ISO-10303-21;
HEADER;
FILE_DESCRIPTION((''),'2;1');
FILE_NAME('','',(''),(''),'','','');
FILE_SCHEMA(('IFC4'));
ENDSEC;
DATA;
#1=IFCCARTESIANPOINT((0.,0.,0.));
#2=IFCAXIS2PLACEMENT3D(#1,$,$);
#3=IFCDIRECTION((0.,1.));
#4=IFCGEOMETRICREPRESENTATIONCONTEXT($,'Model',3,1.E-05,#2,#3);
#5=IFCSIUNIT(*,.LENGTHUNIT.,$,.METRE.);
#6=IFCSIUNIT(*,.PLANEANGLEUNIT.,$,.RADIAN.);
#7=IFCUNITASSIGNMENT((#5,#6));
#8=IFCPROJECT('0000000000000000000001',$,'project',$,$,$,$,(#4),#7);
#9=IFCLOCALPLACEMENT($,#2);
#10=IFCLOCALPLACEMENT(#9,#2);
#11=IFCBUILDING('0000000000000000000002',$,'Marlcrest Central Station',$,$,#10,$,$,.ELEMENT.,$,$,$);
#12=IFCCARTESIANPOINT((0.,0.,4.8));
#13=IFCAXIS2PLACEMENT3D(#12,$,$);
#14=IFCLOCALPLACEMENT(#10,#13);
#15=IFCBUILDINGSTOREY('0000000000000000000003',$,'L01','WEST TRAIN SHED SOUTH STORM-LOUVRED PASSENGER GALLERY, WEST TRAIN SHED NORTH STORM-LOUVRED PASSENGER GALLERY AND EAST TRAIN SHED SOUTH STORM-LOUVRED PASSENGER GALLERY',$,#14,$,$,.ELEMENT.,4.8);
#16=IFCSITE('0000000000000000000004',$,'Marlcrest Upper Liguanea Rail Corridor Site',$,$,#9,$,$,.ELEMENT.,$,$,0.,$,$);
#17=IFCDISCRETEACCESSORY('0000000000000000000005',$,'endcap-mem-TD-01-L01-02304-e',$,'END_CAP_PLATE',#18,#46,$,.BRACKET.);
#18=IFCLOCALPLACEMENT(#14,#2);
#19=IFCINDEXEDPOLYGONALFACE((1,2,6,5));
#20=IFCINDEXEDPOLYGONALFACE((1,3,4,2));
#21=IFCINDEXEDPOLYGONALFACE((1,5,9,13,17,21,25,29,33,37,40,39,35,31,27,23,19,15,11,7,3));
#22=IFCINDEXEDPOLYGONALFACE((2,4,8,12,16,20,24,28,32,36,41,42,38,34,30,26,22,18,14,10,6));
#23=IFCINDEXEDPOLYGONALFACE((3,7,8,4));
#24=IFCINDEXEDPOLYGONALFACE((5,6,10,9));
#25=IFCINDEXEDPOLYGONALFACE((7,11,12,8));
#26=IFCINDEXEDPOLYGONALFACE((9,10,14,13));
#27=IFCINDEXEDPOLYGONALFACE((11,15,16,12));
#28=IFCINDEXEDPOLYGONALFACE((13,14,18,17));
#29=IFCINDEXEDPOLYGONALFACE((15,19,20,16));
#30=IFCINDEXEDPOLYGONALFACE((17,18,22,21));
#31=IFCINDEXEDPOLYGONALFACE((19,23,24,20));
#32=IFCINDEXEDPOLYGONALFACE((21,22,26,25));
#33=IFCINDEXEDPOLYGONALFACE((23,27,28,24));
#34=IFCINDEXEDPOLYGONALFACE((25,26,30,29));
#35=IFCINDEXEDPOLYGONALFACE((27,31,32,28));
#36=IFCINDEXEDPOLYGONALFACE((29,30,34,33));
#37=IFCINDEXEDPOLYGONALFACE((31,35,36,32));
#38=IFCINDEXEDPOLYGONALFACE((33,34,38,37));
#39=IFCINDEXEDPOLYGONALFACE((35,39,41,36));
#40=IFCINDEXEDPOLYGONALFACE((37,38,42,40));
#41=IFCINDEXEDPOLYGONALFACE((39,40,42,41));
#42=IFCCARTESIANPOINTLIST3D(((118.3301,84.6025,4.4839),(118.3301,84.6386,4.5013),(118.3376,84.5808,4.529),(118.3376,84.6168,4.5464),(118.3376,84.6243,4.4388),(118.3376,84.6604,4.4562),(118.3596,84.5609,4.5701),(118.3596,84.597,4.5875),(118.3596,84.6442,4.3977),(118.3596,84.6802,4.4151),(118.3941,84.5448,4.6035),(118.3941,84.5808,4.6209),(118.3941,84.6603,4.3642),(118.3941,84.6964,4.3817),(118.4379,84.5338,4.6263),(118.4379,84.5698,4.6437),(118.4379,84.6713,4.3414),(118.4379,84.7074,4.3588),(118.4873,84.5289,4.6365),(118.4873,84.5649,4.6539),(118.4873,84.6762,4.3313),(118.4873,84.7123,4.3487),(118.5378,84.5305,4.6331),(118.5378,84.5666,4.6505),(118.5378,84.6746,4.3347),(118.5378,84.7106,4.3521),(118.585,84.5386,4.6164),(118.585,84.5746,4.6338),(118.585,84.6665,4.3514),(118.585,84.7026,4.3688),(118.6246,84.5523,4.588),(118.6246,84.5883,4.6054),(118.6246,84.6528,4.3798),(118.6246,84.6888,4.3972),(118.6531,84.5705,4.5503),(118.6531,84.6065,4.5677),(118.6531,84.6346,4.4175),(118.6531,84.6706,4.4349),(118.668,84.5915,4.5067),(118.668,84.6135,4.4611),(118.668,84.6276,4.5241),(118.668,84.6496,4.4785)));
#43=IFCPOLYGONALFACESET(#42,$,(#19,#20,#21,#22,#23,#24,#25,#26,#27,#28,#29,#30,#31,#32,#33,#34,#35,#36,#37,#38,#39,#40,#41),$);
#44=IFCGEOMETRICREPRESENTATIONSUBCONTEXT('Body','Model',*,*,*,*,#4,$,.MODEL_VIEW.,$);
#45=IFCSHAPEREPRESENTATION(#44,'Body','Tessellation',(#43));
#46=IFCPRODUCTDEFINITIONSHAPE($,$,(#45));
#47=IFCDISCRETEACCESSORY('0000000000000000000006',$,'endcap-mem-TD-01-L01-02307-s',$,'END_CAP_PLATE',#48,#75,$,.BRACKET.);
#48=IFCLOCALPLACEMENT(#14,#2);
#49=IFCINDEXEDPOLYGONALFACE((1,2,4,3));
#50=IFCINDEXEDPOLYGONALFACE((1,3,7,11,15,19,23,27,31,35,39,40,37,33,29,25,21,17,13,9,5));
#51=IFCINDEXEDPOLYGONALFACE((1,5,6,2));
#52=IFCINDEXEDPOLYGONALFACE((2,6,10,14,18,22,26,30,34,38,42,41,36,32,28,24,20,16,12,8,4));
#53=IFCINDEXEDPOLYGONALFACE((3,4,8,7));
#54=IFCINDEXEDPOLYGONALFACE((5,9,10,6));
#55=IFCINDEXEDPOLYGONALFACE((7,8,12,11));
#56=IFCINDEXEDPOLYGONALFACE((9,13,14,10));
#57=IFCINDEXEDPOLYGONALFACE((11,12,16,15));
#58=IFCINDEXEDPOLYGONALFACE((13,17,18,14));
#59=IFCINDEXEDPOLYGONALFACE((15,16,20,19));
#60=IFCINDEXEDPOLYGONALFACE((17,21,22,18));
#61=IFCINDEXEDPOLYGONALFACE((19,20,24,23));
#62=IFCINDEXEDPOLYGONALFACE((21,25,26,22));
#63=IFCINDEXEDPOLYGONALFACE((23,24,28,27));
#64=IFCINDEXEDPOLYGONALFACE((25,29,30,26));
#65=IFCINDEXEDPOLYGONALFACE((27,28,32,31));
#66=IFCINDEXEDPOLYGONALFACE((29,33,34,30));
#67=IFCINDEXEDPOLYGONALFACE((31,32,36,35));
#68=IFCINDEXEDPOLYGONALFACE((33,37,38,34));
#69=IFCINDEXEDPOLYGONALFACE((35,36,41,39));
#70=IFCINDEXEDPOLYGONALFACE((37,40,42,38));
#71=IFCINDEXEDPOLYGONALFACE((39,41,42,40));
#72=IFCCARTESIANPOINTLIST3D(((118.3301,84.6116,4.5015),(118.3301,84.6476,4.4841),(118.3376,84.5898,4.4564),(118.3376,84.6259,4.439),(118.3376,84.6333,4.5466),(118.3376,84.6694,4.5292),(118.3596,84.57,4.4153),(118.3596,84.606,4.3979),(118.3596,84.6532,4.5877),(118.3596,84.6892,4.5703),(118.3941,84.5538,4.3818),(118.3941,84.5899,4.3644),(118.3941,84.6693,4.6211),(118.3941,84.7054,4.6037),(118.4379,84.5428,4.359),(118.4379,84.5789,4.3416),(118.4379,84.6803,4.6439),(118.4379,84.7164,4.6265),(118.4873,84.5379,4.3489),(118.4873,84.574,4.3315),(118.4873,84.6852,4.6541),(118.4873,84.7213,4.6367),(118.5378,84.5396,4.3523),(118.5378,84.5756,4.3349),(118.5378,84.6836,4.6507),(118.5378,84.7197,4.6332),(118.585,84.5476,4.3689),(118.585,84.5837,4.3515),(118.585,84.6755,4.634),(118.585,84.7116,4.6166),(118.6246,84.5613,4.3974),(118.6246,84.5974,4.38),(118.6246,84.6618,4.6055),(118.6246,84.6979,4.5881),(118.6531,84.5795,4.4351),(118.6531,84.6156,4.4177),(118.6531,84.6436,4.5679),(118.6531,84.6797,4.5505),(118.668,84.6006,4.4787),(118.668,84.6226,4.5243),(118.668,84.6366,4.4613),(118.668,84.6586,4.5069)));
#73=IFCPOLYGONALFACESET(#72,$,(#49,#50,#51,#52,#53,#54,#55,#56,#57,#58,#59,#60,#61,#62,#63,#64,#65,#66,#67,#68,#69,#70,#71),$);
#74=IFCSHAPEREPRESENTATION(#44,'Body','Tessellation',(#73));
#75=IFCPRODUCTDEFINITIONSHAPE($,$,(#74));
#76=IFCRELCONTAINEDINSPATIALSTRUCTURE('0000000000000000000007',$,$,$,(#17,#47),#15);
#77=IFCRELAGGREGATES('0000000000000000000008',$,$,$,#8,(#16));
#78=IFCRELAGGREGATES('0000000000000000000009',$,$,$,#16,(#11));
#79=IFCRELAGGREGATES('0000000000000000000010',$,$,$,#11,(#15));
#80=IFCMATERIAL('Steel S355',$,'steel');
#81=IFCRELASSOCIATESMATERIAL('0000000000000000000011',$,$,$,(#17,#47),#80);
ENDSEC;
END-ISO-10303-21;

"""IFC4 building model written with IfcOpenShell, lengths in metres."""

from ifc_helpers import new_model, si_unit, direction, frame, origin, origin_2d, place, context, subcontext, project, spatial, circle, extrude, material, element, save


model = new_model("IFC4")

# Units and contexts
model_context = context("Model", 3, precision=1e-05, world=origin(), true_north=direction((0.0, 1.0)))
body_context = subcontext(model_context, "Body", "Model", "MODEL_VIEW")
ifc_project = project(units=[si_unit("LENGTHUNIT", "METRE"), si_unit("PLANEANGLEUNIT", "RADIAN")], contexts=[model_context])

# Site, building, storey
site_placement = place(None, origin())
site = spatial("IfcSite", under=ifc_project, at=site_placement, Name="Marlcrest Upper Liguanea Rail Corridor Site", CompositionType="ELEMENT", RefElevation=0.0)
building_placement = place(site_placement, origin())
building = spatial("IfcBuilding", under=site, at=building_placement, Name="Marlcrest Central Station", CompositionType="ELEMENT")
storey_placement = place(building_placement, frame((0.0, 0.0, 4.8)))
storey = spatial("IfcBuildingStorey", under=building, at=storey_placement, Name="L01", Description="WEST TRAIN SHED SOUTH STORM-LOUVRED PASSENGER GALLERY, WEST TRAIN SHED NORTH STORM-LOUVRED PASSENGER GALLERY AND EAST TRAIN SHED SOUTH STORM-LOUVRED PASSENGER GALLERY", CompositionType="ELEMENT", Elevation=4.8)

# Shared definitions
ifc_material_1 = material(Name="Steel S355", Category="steel")

# Discrete accessories
for number, where, z_axis, x_axis, name in (
    (1, (118.5, 84.6025, 4.4839), (0.0, 0.900552, 0.434749), (-1.0, 0.0, 0.0), "endcap-mem-TD-01-L01-02304-e"),
    (2, (118.5, 84.6116, 4.5015), (0.0, 0.900552, -0.434749), (-1.0, 0.0, 0.0), "endcap-mem-TD-01-L01-02307-s"),
):
    element("IfcDiscreteAccessory", number, at=place(storey_placement, frame(where, z_axis=z_axis, x_axis=x_axis)), inside=storey, material=ifc_material_1, Name=name, ObjectType="END_CAP_PLATE", PredefinedType="BRACKET", context=body_context, shape_type="SweptSolid", body=[
        extrude(circle(Radius=0.1699, at=origin_2d()), origin(), (0.0, 0.0, 1.0), 0.04),
    ])

save(model, "model.ifc")
